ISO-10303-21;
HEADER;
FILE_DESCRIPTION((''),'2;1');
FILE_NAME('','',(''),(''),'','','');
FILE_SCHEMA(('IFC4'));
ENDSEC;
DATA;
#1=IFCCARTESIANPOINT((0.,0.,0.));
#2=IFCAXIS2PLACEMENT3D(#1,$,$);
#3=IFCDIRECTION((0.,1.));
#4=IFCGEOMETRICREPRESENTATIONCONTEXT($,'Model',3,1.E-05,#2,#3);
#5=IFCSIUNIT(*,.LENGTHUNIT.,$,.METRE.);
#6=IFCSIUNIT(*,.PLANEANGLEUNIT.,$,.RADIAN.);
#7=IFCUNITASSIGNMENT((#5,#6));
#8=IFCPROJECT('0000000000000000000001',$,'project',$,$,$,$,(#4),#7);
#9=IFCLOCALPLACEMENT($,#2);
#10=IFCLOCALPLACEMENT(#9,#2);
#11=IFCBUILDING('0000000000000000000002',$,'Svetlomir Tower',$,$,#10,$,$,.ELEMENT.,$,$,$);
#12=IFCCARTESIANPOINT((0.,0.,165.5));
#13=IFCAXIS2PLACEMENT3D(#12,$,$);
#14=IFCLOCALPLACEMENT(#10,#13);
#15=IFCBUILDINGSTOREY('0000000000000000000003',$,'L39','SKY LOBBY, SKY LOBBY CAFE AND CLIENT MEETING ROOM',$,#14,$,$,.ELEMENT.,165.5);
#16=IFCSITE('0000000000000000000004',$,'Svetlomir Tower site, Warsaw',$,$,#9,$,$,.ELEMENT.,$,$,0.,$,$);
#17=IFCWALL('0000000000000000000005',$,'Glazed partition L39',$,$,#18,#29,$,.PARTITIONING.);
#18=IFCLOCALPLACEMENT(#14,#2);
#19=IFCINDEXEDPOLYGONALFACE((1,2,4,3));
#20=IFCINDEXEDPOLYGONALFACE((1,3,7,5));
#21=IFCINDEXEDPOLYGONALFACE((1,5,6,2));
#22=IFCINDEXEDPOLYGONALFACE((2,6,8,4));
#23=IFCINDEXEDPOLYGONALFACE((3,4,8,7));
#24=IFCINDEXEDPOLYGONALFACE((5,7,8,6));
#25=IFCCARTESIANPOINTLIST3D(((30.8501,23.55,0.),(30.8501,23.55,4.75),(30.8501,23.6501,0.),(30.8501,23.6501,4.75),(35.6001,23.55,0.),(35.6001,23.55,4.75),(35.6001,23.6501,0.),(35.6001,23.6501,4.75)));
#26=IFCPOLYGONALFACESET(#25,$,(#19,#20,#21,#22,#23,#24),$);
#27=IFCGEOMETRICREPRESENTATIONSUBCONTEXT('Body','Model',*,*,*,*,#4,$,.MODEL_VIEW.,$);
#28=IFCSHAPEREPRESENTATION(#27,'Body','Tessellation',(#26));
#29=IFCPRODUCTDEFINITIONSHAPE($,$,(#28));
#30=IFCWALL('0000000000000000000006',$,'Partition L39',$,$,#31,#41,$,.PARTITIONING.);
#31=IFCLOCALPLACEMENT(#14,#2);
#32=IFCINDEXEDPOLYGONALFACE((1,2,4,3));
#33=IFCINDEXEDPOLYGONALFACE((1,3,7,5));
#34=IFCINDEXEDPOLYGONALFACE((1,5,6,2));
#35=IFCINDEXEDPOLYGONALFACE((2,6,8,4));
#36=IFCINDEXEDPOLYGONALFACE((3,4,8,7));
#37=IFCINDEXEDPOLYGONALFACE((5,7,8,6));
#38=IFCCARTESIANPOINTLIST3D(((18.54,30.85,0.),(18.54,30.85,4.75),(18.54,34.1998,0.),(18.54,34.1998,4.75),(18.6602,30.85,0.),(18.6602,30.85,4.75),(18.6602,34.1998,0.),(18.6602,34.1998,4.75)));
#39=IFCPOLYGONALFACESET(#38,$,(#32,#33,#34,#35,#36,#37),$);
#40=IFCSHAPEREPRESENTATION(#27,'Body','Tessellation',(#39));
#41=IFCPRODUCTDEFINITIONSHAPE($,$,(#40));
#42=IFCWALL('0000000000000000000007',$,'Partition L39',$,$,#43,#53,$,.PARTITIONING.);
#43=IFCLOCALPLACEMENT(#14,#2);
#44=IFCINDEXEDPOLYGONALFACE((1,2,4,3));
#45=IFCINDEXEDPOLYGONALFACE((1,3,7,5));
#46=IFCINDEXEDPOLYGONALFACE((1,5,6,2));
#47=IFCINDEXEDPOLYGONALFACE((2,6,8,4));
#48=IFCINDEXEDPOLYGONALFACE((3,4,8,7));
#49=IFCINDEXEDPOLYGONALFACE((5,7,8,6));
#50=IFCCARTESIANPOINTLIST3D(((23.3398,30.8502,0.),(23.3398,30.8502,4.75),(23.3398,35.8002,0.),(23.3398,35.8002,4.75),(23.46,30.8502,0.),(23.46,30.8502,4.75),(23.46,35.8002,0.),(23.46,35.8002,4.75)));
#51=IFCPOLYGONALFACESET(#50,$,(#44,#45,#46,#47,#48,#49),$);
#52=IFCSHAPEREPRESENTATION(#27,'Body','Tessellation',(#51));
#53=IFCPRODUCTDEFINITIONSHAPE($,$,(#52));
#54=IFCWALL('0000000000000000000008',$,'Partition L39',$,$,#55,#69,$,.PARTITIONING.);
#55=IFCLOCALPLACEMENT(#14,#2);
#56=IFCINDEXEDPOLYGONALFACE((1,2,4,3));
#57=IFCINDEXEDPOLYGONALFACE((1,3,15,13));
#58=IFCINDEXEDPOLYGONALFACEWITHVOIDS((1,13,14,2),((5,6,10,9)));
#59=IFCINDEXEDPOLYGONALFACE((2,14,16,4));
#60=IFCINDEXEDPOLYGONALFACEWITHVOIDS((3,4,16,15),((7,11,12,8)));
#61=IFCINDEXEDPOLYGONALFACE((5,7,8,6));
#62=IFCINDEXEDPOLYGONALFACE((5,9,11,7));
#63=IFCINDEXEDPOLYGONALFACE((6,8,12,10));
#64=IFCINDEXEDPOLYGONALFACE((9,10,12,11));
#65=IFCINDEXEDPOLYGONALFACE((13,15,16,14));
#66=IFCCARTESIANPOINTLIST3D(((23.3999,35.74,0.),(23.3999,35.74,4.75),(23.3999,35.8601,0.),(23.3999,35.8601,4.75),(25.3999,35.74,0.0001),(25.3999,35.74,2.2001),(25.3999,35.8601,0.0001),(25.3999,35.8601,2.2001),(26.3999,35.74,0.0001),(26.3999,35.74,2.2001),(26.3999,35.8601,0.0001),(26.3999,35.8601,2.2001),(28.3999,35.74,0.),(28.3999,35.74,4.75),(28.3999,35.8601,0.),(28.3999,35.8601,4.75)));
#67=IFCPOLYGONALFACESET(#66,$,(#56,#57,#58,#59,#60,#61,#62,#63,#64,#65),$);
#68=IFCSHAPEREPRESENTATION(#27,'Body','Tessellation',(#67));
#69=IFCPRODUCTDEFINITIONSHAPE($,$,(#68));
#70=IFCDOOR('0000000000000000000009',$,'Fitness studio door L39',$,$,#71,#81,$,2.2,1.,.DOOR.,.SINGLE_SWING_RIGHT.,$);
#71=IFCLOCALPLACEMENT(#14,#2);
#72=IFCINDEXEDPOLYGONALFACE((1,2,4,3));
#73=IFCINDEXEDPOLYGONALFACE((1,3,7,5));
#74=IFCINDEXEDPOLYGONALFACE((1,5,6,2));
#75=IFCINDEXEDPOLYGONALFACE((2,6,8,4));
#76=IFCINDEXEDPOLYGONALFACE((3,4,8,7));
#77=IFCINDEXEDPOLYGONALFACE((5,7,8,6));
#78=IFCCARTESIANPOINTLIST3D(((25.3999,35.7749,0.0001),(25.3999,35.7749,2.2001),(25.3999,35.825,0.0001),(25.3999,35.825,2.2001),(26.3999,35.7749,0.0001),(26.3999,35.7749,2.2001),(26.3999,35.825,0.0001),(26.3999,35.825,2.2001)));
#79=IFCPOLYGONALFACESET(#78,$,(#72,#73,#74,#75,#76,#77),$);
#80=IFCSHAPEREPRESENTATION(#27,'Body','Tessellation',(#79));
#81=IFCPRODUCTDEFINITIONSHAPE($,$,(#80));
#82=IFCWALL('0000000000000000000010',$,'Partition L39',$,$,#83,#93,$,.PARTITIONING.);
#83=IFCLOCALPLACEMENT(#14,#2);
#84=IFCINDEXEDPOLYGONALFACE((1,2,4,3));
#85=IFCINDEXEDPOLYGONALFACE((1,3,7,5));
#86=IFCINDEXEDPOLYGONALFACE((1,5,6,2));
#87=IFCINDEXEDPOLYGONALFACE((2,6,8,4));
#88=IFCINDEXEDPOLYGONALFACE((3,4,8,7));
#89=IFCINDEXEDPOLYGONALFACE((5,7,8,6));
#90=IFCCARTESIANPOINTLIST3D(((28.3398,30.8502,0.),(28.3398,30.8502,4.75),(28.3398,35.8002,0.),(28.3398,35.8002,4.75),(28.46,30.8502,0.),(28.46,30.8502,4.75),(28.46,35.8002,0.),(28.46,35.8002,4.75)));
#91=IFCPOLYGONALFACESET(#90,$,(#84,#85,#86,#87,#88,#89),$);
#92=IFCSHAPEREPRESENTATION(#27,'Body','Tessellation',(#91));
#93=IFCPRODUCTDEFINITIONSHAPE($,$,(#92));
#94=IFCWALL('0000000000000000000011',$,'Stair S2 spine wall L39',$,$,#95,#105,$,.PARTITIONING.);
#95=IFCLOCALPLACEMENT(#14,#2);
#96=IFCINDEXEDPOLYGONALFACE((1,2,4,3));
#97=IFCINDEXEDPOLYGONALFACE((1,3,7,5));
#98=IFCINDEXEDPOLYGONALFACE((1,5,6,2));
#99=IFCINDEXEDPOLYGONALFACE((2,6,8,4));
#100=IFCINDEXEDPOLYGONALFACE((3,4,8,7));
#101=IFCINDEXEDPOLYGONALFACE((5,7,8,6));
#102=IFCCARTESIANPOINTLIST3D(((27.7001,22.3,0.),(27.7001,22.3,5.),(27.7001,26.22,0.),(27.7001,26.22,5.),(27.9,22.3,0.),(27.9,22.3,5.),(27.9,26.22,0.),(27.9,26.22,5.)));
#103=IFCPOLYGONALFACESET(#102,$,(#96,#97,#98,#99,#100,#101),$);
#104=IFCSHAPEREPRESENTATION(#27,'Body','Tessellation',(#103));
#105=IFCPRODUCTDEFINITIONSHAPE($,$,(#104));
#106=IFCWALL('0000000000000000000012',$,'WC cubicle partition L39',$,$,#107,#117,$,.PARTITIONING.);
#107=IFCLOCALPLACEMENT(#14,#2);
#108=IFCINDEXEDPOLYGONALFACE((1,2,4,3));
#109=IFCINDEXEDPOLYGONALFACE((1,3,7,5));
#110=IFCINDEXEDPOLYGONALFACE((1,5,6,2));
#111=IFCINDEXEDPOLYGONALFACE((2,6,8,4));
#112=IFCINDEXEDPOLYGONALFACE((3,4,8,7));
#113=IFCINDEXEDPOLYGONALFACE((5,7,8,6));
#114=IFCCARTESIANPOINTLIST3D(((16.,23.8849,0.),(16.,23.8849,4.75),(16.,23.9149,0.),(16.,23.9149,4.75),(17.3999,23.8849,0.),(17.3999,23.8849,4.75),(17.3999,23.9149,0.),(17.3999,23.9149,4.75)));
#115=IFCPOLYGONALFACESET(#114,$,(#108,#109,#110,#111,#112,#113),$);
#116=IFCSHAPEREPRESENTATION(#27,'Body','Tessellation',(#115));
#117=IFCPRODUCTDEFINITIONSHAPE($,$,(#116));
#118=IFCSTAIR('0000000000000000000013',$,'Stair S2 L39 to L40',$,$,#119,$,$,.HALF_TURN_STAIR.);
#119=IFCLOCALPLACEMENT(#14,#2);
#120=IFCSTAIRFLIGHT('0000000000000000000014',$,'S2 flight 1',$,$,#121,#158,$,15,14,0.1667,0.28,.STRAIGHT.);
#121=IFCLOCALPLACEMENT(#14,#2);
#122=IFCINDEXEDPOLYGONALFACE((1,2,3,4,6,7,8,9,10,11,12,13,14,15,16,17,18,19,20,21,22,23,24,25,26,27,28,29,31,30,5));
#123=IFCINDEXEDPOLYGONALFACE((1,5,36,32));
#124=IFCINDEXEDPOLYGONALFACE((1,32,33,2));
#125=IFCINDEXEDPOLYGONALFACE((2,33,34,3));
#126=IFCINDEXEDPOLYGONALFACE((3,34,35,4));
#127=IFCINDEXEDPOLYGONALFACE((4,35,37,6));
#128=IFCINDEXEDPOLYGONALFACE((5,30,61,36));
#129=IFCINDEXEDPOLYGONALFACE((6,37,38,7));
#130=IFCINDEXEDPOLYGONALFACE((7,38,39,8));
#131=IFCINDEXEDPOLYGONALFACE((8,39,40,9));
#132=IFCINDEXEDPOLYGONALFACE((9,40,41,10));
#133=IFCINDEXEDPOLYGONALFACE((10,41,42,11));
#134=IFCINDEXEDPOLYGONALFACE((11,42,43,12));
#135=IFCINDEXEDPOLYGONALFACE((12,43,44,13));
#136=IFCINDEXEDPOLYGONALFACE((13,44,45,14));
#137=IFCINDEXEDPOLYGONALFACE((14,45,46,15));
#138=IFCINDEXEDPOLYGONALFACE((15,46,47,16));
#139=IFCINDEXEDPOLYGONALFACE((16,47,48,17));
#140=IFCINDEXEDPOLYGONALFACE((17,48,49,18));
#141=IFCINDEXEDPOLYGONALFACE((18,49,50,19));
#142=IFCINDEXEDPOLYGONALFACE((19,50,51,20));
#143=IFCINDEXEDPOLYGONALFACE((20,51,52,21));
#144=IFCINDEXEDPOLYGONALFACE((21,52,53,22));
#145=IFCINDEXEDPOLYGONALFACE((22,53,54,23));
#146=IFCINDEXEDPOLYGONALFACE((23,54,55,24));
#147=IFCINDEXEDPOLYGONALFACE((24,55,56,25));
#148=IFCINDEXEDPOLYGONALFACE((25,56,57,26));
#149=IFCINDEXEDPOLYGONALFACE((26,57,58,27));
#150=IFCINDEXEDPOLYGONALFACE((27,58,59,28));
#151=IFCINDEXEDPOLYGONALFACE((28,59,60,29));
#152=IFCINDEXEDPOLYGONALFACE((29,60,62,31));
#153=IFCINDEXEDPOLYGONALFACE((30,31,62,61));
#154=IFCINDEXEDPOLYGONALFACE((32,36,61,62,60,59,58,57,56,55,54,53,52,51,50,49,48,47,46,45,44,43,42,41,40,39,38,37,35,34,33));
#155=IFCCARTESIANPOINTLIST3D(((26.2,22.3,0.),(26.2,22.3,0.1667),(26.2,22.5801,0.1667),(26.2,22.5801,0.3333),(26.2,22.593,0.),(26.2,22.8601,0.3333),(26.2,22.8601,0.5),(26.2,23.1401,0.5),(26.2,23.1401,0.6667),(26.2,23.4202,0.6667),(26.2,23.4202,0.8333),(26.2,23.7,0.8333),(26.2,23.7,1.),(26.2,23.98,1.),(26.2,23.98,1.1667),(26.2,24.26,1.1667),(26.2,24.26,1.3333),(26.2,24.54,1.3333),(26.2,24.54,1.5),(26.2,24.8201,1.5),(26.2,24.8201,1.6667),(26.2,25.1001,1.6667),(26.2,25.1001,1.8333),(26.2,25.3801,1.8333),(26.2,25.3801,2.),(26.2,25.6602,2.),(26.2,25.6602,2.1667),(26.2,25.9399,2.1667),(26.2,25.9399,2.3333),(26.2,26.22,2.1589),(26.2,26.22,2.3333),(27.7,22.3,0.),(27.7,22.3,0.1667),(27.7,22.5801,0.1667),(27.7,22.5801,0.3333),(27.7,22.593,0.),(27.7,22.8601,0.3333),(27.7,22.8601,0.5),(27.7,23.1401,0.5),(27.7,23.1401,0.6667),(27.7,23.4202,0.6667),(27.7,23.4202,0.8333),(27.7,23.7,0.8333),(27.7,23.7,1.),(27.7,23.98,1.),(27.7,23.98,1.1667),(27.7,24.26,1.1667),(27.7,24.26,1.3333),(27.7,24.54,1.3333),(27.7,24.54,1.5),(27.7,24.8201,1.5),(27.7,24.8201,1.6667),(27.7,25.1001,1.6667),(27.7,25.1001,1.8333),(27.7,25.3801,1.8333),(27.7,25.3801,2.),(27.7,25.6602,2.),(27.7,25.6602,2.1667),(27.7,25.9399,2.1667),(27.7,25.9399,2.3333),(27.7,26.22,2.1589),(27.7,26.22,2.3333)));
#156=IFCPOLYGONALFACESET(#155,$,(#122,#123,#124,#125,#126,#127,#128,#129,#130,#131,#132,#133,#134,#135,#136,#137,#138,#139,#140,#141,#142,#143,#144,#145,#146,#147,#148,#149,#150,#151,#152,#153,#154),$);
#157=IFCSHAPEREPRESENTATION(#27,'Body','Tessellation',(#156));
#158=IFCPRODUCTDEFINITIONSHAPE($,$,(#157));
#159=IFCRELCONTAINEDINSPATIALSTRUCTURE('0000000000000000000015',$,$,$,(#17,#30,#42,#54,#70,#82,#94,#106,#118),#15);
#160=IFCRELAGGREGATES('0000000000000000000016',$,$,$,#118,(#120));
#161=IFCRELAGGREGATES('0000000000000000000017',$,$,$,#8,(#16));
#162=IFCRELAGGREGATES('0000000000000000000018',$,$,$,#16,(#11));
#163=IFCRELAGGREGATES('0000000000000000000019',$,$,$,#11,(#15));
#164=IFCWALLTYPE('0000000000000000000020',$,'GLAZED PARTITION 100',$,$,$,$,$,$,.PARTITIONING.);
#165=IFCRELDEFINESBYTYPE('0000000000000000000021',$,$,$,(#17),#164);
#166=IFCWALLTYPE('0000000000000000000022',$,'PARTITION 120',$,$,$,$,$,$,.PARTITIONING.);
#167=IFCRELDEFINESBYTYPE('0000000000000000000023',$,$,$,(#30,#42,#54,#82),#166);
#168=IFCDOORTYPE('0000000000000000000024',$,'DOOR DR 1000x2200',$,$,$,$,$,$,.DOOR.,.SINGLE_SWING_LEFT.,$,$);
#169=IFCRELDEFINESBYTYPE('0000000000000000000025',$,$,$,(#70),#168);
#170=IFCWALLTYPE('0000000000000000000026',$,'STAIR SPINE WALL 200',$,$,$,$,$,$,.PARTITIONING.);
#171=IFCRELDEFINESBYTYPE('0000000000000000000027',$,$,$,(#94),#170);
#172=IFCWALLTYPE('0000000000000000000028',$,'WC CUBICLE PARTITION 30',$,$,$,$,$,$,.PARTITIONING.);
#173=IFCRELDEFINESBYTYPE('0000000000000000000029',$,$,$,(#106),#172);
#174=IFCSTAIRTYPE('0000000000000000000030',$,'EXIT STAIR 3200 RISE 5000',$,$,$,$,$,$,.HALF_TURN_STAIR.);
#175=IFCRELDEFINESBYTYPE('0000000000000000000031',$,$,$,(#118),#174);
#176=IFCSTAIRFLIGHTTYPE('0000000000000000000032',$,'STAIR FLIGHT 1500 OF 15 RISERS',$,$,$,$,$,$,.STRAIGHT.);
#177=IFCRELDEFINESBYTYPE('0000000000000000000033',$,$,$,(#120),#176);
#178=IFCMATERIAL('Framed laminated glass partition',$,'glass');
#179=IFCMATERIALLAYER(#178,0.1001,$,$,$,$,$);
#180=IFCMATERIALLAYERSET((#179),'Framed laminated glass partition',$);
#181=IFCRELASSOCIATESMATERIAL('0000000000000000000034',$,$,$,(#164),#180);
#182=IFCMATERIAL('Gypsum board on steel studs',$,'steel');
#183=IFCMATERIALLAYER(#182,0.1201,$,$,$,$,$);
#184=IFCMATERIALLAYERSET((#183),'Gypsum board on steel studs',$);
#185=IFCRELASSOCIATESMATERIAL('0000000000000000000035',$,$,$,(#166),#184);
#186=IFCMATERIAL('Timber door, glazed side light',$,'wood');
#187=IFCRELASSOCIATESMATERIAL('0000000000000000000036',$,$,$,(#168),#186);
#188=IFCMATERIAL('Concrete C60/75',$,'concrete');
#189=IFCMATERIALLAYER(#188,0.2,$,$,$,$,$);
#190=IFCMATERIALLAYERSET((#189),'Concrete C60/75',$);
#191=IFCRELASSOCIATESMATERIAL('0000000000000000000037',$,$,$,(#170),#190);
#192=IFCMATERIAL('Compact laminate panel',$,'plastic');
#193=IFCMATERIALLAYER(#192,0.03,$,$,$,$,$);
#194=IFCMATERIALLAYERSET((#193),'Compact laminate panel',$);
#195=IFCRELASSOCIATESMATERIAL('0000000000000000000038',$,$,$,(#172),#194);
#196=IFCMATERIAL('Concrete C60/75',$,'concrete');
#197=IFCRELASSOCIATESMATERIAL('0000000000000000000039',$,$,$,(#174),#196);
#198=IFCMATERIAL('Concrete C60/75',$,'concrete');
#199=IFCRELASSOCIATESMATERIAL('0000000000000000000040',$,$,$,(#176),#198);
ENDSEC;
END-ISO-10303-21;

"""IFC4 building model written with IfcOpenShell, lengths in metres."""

from ifc_helpers import new_model, si_unit, direction, frame, frame_2d, origin, place, context, subcontext, project, spatial, polyline, rectangle, outline, extrude, material, layer, layer_set, type_object, element, fill, aggregate, save


model = new_model("IFC4")

# Units and contexts
model_context = context("Model", 3, precision=1e-05, world=origin(), true_north=direction((0.0, 1.0)))
body_context = subcontext(model_context, "Body", "Model", "MODEL_VIEW")
ifc_project = project(units=[si_unit("LENGTHUNIT", "METRE"), si_unit("PLANEANGLEUNIT", "RADIAN")], contexts=[model_context])

# Site, building, storey
site_placement = place(None, origin())
site = spatial("IfcSite", under=ifc_project, at=site_placement, Name="Svetlomir Tower site, Warsaw", CompositionType="ELEMENT", RefElevation=0.0)
building_placement = place(site_placement, origin())
building = spatial("IfcBuilding", under=site, at=building_placement, Name="Svetlomir Tower", CompositionType="ELEMENT")
storey_placement = place(building_placement, frame((0.0, 0.0, 165.5)))
storey = spatial("IfcBuildingStorey", under=building, at=storey_placement, Name="L39", Description="SKY LOBBY, SKY LOBBY CAFE AND CLIENT MEETING ROOM", CompositionType="ELEMENT", Elevation=165.5)

# Walls
ifc_material_1 = material(Name="Framed laminated glass partition", Category="glass")
ifc_layer_1 = layer(ifc_material_1, 0.1001)
ifc_layer_set_1 = layer_set([ifc_layer_1], Name="Framed laminated glass partition")
wall_type_1 = type_object("IfcWallType", Name="GLAZED PARTITION 100", PredefinedType="PARTITIONING", material=ifc_layer_set_1)
wall_1_placement = place(storey_placement, frame((30.8501, 23.6001, 0.0), z_axis=(0.0, 0.0, 1.0), x_axis=(1.0, 0.0, 0.0)))
element("IfcWall", 1, at=wall_1_placement, inside=storey, type_object=wall_type_1, Name="Glazed partition L39", PredefinedType="PARTITIONING", context=body_context, shape_type="SweptSolid", body=[
    extrude(rectangle(XDim=4.75, YDim=0.1001, at=frame_2d((2.375, 0.0))), origin(), (0.0, 0.0, 1.0), 4.75),
])
ifc_material_2 = material(Name="Gypsum board on steel studs", Category="steel")
ifc_layer_2 = layer(ifc_material_2, 0.1201)
ifc_layer_set_2 = layer_set([ifc_layer_2], Name="Gypsum board on steel studs")
wall_type_2 = type_object("IfcWallType", Name="PARTITION 120", PredefinedType="PARTITIONING", material=ifc_layer_set_2)
wall_2_placement = place(storey_placement, frame((18.6001, 30.8501, 0.0), z_axis=(0.0, 0.0, 1.0), x_axis=(0.0, 1.0, 0.0)))
element("IfcWall", 2, at=wall_2_placement, inside=storey, type_object=wall_type_2, Name="Partition L39", PredefinedType="PARTITIONING", context=body_context, shape_type="SweptSolid", body=[
    extrude(rectangle(XDim=3.3499, YDim=0.1201, at=frame_2d((1.6748, 0.0))), origin(), (0.0, 0.0, 1.0), 4.75),
])
wall_3_placement = place(storey_placement, frame((23.3999, 30.8501, 0.0), z_axis=(0.0, 0.0, 1.0), x_axis=(0.0, 1.0, 0.0)))
element("IfcWall", 3, at=wall_3_placement, inside=storey, type_object=wall_type_2, Name="Partition L39", PredefinedType="PARTITIONING", context=body_context, shape_type="SweptSolid", body=[
    extrude(rectangle(XDim=4.95, YDim=0.1201, at=frame_2d((2.4751, 0.0))), origin(), (0.0, 0.0, 1.0), 4.75),
])

# Wall, opening, door
wall_4_placement = place(storey_placement, frame((23.3999, 35.8, 0.0), z_axis=(0.0, 0.0, 1.0), x_axis=(1.0, 0.0, 0.0)))
wall_4 = element("IfcWall", 4, at=wall_4_placement, inside=storey, type_object=wall_type_2, Name="Partition L39", PredefinedType="PARTITIONING", context=body_context, shape_type="SweptSolid", body=[
    extrude(rectangle(XDim=5.0, YDim=0.1201, at=frame_2d((2.5, 0.0))), origin(), (0.0, 0.0, 1.0), 4.75),
])
opening_1_placement = place(wall_4_placement, frame((2.0, 0.0, 0.0)))
opening_1 = element("IfcOpeningElement", 5, at=opening_1_placement, cuts=wall_4, PredefinedType="OPENING", context=body_context, shape_type="SweptSolid", body=[
    extrude(rectangle(XDim=1.0, YDim=2.2, at=frame_2d((0.5, 1.1001))), frame((0.0, 0.0701, 0.0), z_axis=(0.0, -1.0, 0.0), x_axis=(1.0, 0.0, 0.0)), (0.0, 0.0, 1.0), 0.1401),
])
ifc_material_3 = material(Name="Timber door, glazed side light", Category="wood")
door_type_1 = type_object("IfcDoorType", Name="DOOR DR 1000x2200", OperationType="SINGLE_SWING_LEFT", PredefinedType="DOOR", material=ifc_material_3)
door_1_placement = place(opening_1_placement, origin())
door_1 = element("IfcDoor", 6, at=door_1_placement, inside=storey, type_object=door_type_1, Name="Fitness studio door L39", OperationType="SINGLE_SWING_RIGHT", OverallHeight=2.2, OverallWidth=1.0, PredefinedType="DOOR", context=body_context, shape_type="SweptSolid", body=[
    extrude(rectangle(XDim=1.0, YDim=2.2, at=frame_2d((0.5, 1.1001))), frame((0.0, 0.0249, 0.0), z_axis=(0.0, -1.0, 0.0), x_axis=(1.0, 0.0, 0.0)), (0.0, 0.0, 1.0), 0.05),
])
fill(opening_1, door_1)

# Walls
wall_5_placement = place(storey_placement, frame((28.3999, 30.8501, 0.0), z_axis=(0.0, 0.0, 1.0), x_axis=(0.0, 1.0, 0.0)))
element("IfcWall", 7, at=wall_5_placement, inside=storey, type_object=wall_type_2, Name="Partition L39", PredefinedType="PARTITIONING", context=body_context, shape_type="SweptSolid", body=[
    extrude(rectangle(XDim=4.95, YDim=0.1201, at=frame_2d((2.4751, 0.0))), origin(), (0.0, 0.0, 1.0), 4.75),
])
ifc_material_4 = material(Name="Concrete C60/75", Category="concrete")
ifc_layer_3 = layer(ifc_material_4, 0.2)
ifc_layer_set_3 = layer_set([ifc_layer_3], Name="Concrete C60/75")
wall_type_3 = type_object("IfcWallType", Name="STAIR SPINE WALL 200", PredefinedType="PARTITIONING", material=ifc_layer_set_3)
wall_6_placement = place(storey_placement, frame((27.8, 22.3, 0.0), z_axis=(0.0, 0.0, 1.0), x_axis=(0.0, 1.0, 0.0)))
element("IfcWall", 8, at=wall_6_placement, inside=storey, type_object=wall_type_3, Name="Stair S2 spine wall L39", PredefinedType="PARTITIONING", context=body_context, shape_type="SweptSolid", body=[
    extrude(rectangle(XDim=3.9199, YDim=0.2, at=frame_2d((1.96, 0.0))), origin(), (0.0, 0.0, 1.0), 5.0),
])
ifc_material_5 = material(Name="Compact laminate panel", Category="plastic")
ifc_layer_4 = layer(ifc_material_5, 0.03)
ifc_layer_set_4 = layer_set([ifc_layer_4], Name="Compact laminate panel")
wall_type_4 = type_object("IfcWallType", Name="WC CUBICLE PARTITION 30", PredefinedType="PARTITIONING", material=ifc_layer_set_4)
wall_7_placement = place(storey_placement, frame((16.0, 23.8999, 0.0), z_axis=(0.0, 0.0, 1.0), x_axis=(1.0, 0.0, 0.0)))
element("IfcWall", 9, at=wall_7_placement, inside=storey, type_object=wall_type_4, Name="WC cubicle partition L39", PredefinedType="PARTITIONING", context=body_context, shape_type="SweptSolid", body=[
    extrude(rectangle(XDim=1.3999, YDim=0.03, at=frame_2d((0.7, 0.0))), origin(), (0.0, 0.0, 1.0), 4.75),
])

# Stair, stair flight
ifc_material_6 = material(Name="Concrete C60/75", Category="concrete")
stair_type = type_object("IfcStairType", Name="EXIT STAIR 3200 RISE 5000", PredefinedType="HALF_TURN_STAIR", material=ifc_material_6)
stair_placement = place(storey_placement, origin())
stair = element("IfcStair", 10, at=stair_placement, inside=storey, type_object=stair_type, Name="Stair S2 L39 to L40", PredefinedType="HALF_TURN_STAIR")
ifc_material_7 = material(Name="Concrete C60/75", Category="concrete")
stair_flight_type = type_object("IfcStairFlightType", Name="STAIR FLIGHT 1500 OF 15 RISERS", PredefinedType="STRAIGHT", material=ifc_material_7)
stair_flight_1_placement = place(storey_placement, frame((26.95, 22.3, 0.0), z_axis=(0.0, 0.0, 1.0), x_axis=(0.0, 1.0, 0.0)))
stair_flight_1 = element("IfcStairFlight", 11, at=stair_flight_1_placement, type_object=stair_flight_type, Name="S2 flight 1", NumberOfRisers=15, NumberOfTreads=14, PredefinedType="STRAIGHT", RiserHeight=0.1667, TreadLength=0.28, context=body_context, shape_type="SweptSolid", body=[
    extrude(outline(polyline([(0.0, 0.0), (0.0, 0.1667), (0.28, 0.1667), (0.28, 0.3333), (0.5601, 0.3333), (0.5601, 0.5), (0.8401, 0.5), (0.8401, 0.6667), (1.1201, 0.6667), (1.1201, 0.8333), (1.3999, 0.8333), (1.3999, 1.0), (1.6799, 1.0), (1.6799, 1.1667), (1.96, 1.1667), (1.96, 1.3333), (2.24, 1.3333), (2.24, 1.5), (2.52, 1.5), (2.52, 1.6667), (2.8, 1.6667), (2.8, 1.8333), (3.0801, 1.8333), (3.0801, 2.0), (3.3601, 2.0), (3.3601, 2.1667), (3.6399, 2.1667), (3.6399, 2.3333), (3.9199, 2.3333), (3.9199, 2.5), (3.9199, 2.1589), (0.293, 0.0), (0.0, 0.0)])), frame((0.0, 0.75, 0.0), z_axis=(0.0, -1.0, 0.0), x_axis=(1.0, 0.0, 0.0)), (0.0, 0.0, 1.0), 1.5),
])
aggregate(stair, [stair_flight_1])

save(model, "model.ifc")
